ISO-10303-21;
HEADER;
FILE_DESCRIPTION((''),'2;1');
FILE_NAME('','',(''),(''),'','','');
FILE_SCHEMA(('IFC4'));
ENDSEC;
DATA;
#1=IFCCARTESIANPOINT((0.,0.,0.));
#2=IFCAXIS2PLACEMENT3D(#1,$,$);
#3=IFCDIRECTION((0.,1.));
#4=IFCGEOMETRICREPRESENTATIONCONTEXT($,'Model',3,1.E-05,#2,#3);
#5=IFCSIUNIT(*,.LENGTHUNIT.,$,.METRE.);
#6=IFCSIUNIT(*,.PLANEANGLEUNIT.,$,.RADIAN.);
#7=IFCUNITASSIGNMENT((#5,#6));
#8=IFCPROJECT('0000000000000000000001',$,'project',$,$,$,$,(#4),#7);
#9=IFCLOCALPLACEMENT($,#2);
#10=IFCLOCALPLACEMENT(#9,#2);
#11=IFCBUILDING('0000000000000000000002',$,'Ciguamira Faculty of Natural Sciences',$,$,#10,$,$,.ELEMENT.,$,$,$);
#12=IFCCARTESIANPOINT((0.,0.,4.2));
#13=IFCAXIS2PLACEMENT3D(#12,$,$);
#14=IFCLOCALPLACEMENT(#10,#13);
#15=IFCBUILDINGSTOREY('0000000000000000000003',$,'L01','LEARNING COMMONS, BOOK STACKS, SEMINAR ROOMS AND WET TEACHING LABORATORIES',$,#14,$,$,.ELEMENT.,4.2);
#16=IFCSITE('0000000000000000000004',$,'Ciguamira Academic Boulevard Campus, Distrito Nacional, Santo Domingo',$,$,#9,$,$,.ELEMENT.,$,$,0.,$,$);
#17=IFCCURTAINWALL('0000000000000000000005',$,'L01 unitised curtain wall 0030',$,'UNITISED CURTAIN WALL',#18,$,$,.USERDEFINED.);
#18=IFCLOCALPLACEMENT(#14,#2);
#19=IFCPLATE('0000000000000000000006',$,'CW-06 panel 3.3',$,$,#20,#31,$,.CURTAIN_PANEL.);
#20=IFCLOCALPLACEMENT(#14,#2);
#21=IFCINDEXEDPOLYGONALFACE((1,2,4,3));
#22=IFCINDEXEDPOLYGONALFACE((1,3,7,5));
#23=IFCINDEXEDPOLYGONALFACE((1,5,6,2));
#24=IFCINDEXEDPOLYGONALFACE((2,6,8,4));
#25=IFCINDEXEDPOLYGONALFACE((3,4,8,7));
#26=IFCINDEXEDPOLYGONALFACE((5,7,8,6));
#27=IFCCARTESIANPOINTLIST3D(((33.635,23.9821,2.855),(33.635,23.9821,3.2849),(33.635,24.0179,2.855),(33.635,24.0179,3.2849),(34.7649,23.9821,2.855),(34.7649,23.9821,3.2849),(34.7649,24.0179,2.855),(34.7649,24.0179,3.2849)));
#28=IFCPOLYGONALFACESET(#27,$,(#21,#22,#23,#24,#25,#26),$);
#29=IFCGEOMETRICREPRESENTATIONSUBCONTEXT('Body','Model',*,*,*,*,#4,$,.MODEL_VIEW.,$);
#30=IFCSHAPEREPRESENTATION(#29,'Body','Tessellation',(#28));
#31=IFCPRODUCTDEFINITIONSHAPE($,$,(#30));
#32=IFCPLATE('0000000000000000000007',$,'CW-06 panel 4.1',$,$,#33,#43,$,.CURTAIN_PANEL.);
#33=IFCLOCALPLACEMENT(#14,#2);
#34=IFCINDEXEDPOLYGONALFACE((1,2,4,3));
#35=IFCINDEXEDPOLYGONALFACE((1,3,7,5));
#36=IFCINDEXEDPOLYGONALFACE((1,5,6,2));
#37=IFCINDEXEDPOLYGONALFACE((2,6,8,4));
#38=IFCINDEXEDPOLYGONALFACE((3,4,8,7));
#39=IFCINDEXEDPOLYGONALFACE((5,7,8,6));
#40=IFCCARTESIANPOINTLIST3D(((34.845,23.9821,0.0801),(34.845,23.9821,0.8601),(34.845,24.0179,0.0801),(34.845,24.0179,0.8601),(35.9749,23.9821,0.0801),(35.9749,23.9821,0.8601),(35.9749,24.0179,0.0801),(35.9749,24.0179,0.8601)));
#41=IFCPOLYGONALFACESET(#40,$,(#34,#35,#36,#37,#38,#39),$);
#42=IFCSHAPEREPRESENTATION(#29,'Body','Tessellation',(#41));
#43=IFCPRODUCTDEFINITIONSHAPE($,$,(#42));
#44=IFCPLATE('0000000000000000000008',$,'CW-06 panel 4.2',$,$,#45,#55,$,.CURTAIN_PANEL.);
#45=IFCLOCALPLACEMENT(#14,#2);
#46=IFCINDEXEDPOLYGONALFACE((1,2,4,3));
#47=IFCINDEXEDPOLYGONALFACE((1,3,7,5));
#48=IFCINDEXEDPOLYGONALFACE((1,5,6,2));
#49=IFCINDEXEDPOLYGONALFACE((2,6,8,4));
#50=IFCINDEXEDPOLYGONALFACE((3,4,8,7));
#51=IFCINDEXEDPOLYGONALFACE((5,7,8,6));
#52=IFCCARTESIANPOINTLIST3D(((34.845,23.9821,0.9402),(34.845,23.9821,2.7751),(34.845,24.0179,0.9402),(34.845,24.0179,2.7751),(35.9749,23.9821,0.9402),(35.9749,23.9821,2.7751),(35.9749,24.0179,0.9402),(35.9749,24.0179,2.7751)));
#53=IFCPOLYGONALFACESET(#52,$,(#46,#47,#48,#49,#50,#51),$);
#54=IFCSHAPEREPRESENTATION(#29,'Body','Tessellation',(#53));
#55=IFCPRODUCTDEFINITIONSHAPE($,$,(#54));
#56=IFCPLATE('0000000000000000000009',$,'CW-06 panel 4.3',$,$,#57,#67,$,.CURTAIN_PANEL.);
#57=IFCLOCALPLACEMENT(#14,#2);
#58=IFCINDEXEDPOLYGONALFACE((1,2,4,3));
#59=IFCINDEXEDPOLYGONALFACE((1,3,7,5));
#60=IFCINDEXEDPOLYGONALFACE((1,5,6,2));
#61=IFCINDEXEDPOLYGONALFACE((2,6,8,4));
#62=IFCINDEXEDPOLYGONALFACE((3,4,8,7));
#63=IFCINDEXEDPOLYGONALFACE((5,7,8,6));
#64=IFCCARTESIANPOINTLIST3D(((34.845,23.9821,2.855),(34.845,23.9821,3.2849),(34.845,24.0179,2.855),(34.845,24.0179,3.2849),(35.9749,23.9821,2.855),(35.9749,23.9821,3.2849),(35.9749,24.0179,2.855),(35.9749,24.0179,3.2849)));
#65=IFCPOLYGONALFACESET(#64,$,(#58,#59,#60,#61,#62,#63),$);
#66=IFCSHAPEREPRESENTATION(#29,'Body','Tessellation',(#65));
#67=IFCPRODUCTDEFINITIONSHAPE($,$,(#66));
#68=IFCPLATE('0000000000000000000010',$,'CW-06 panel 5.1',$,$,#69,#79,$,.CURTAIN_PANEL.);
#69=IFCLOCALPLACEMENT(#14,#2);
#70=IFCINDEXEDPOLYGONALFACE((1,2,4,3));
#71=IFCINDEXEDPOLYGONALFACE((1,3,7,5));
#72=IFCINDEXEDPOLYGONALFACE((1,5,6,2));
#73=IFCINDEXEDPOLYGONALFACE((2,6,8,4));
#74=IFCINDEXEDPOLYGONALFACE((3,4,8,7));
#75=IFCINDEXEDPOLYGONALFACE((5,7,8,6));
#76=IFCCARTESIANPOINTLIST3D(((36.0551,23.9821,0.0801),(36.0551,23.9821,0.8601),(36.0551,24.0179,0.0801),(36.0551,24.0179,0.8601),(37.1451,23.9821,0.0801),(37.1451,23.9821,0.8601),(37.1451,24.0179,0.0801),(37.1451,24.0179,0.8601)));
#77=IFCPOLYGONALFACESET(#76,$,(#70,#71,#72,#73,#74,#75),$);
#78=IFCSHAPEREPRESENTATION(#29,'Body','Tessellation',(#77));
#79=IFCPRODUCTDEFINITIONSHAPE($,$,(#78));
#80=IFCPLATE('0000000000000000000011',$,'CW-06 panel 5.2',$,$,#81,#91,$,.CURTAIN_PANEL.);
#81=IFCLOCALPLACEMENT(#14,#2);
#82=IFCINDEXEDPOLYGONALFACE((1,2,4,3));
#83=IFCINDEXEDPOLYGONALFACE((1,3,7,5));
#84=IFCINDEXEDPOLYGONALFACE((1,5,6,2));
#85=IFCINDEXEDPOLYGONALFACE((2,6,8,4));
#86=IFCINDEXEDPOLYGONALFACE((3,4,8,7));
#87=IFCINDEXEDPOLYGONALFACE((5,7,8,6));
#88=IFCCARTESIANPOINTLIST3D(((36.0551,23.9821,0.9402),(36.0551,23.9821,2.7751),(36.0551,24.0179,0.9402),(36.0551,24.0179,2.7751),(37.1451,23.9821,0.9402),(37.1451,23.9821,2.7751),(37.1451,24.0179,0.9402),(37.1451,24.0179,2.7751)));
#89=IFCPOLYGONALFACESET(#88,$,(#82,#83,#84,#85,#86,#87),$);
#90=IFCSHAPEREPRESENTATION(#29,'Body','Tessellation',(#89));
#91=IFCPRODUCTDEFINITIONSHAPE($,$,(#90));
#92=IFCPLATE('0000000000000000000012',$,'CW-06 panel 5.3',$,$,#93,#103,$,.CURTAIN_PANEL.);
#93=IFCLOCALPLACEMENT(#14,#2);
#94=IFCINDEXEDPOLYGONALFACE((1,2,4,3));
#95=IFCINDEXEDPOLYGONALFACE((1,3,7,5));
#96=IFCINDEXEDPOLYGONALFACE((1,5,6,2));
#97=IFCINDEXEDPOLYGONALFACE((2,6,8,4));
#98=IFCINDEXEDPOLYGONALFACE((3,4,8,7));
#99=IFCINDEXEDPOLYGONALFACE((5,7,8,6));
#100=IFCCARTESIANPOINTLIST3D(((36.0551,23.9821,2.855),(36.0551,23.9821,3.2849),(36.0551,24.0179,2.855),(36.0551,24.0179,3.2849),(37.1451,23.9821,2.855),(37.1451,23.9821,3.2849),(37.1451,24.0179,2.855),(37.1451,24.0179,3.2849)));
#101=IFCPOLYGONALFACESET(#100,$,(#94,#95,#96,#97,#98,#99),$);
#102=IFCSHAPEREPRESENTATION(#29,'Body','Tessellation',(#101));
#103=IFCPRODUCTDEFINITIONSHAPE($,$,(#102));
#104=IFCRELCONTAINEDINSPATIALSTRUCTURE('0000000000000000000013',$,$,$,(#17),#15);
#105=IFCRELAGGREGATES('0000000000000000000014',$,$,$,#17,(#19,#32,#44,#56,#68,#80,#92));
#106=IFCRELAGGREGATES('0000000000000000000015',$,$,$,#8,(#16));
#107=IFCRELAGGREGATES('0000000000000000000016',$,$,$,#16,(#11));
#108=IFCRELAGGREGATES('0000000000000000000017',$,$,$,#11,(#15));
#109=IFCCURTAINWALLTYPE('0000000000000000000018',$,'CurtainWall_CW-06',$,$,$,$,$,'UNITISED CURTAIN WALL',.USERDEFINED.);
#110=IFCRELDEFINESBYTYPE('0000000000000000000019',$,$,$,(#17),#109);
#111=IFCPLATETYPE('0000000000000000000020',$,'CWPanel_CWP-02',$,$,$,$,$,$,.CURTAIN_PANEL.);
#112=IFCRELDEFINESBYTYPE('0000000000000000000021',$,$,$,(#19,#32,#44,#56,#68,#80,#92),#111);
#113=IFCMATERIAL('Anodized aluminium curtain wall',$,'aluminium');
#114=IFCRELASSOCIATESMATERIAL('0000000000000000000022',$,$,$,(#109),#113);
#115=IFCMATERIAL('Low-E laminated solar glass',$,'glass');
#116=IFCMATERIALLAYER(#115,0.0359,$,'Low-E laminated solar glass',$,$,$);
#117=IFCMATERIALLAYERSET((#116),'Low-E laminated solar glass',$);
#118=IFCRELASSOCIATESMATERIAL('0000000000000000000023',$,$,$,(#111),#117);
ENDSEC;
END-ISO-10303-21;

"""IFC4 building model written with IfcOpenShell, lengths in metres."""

from ifc_helpers import new_model, si_unit, direction, frame, origin, origin_2d, place, context, subcontext, project, spatial, rectangle, extrude, material, layer, layer_set, type_object, element, aggregate, save


model = new_model("IFC4")

# Units and contexts
model_context = context("Model", 3, precision=1e-05, world=origin(), true_north=direction((0.0, 1.0)))
body_context = subcontext(model_context, "Body", "Model", "MODEL_VIEW")
ifc_project = project(units=[si_unit("LENGTHUNIT", "METRE"), si_unit("PLANEANGLEUNIT", "RADIAN")], contexts=[model_context])

# Site, building, storey
site_placement = place(None, origin())
site = spatial("IfcSite", under=ifc_project, at=site_placement, Name="Ciguamira Academic Boulevard Campus, Distrito Nacional, Santo Domingo", CompositionType="ELEMENT", RefElevation=0.0)
building_placement = place(site_placement, origin())
building = spatial("IfcBuilding", under=site, at=building_placement, Name="Ciguamira Faculty of Natural Sciences", CompositionType="ELEMENT")
storey_placement = place(building_placement, frame((0.0, 0.0, 4.2)))
storey = spatial("IfcBuildingStorey", under=building, at=storey_placement, Name="L01", Description="LEARNING COMMONS, BOOK STACKS, SEMINAR ROOMS AND WET TEACHING LABORATORIES", CompositionType="ELEMENT", Elevation=4.2)

# Curtain wall
ifc_material_1 = material(Name="Anodized aluminium curtain wall", Category="aluminium")
curtain_wall_type = type_object("IfcCurtainWallType", Name="CurtainWall_CW-06", ElementType="UNITISED CURTAIN WALL", PredefinedType="USERDEFINED", material=ifc_material_1)
curtain_wall_placement = place(storey_placement, origin())
curtain_wall = element("IfcCurtainWall", 1, at=curtain_wall_placement, inside=storey, type_object=curtain_wall_type, Name="L01 unitised curtain wall 0030", ObjectType="UNITISED CURTAIN WALL", PredefinedType="USERDEFINED")

# Plates
ifc_material_2 = material(Name="Low-E laminated solar glass", Category="glass")
ifc_layer = layer(ifc_material_2, 0.0359, Name="Low-E laminated solar glass")
ifc_layer_set = layer_set([ifc_layer], Name="Low-E laminated solar glass")
plate_type = type_object("IfcPlateType", Name="CWPanel_CWP-02", PredefinedType="CURTAIN_PANEL", material=ifc_layer_set)
plate_1_placement = place(storey_placement, frame((34.2, 24.0, 2.855), z_axis=(0.0, 0.0, 1.0), x_axis=(1.0, 0.0, 0.0)))
plate_1 = element("IfcPlate", 2, at=plate_1_placement, type_object=plate_type, Name="CW-06 panel 3.3", PredefinedType="CURTAIN_PANEL", context=body_context, shape_type="SweptSolid", body=[
    extrude(rectangle(XDim=1.1299, YDim=0.0359, at=origin_2d()), origin(), (0.0, 0.0, 1.0), 0.4299),
])
plate_2_placement = place(storey_placement, frame((35.4099, 24.0, 0.0801), z_axis=(0.0, 0.0, 1.0), x_axis=(1.0, 0.0, 0.0)))
plate_2 = element("IfcPlate", 3, at=plate_2_placement, type_object=plate_type, Name="CW-06 panel 4.1", PredefinedType="CURTAIN_PANEL", context=body_context, shape_type="SweptSolid", body=[
    extrude(rectangle(XDim=1.1299, YDim=0.0359, at=origin_2d()), origin(), (0.0, 0.0, 1.0), 0.78),
])
plate_3_placement = place(storey_placement, frame((35.4099, 24.0, 0.9402), z_axis=(0.0, 0.0, 1.0), x_axis=(1.0, 0.0, 0.0)))
plate_3 = element("IfcPlate", 4, at=plate_3_placement, type_object=plate_type, Name="CW-06 panel 4.2", PredefinedType="CURTAIN_PANEL", context=body_context, shape_type="SweptSolid", body=[
    extrude(rectangle(XDim=1.1299, YDim=0.0359, at=origin_2d()), origin(), (0.0, 0.0, 1.0), 1.835),
])
plate_4_placement = place(storey_placement, frame((35.4099, 24.0, 2.855), z_axis=(0.0, 0.0, 1.0), x_axis=(1.0, 0.0, 0.0)))
plate_4 = element("IfcPlate", 5, at=plate_4_placement, type_object=plate_type, Name="CW-06 panel 4.3", PredefinedType="CURTAIN_PANEL", context=body_context, shape_type="SweptSolid", body=[
    extrude(rectangle(XDim=1.1299, YDim=0.0359, at=origin_2d()), origin(), (0.0, 0.0, 1.0), 0.4299),
])
plate_5_placement = place(storey_placement, frame((36.6001, 24.0, 0.0801), z_axis=(0.0, 0.0, 1.0), x_axis=(1.0, 0.0, 0.0)))
plate_5 = element("IfcPlate", 6, at=plate_5_placement, type_object=plate_type, Name="CW-06 panel 5.1", PredefinedType="CURTAIN_PANEL", context=body_context, shape_type="SweptSolid", body=[
    extrude(rectangle(XDim=1.0901, YDim=0.0359, at=origin_2d()), origin(), (0.0, 0.0, 1.0), 0.78),
])
plate_6_placement = place(storey_placement, frame((36.6001, 24.0, 0.9402), z_axis=(0.0, 0.0, 1.0), x_axis=(1.0, 0.0, 0.0)))
plate_6 = element("IfcPlate", 7, at=plate_6_placement, type_object=plate_type, Name="CW-06 panel 5.2", PredefinedType="CURTAIN_PANEL", context=body_context, shape_type="SweptSolid", body=[
    extrude(rectangle(XDim=1.0901, YDim=0.0359, at=origin_2d()), origin(), (0.0, 0.0, 1.0), 1.835),
])
plate_7_placement = place(storey_placement, frame((36.6001, 24.0, 2.855), z_axis=(0.0, 0.0, 1.0), x_axis=(1.0, 0.0, 0.0)))
plate_7 = element("IfcPlate", 8, at=plate_7_placement, type_object=plate_type, Name="CW-06 panel 5.3", PredefinedType="CURTAIN_PANEL", context=body_context, shape_type="SweptSolid", body=[
    extrude(rectangle(XDim=1.0901, YDim=0.0359, at=origin_2d()), origin(), (0.0, 0.0, 1.0), 0.4299),
])
aggregate(curtain_wall, [plate_1, plate_2, plate_3, plate_4, plate_5, plate_6, plate_7])

save(model, "model.ifc")
